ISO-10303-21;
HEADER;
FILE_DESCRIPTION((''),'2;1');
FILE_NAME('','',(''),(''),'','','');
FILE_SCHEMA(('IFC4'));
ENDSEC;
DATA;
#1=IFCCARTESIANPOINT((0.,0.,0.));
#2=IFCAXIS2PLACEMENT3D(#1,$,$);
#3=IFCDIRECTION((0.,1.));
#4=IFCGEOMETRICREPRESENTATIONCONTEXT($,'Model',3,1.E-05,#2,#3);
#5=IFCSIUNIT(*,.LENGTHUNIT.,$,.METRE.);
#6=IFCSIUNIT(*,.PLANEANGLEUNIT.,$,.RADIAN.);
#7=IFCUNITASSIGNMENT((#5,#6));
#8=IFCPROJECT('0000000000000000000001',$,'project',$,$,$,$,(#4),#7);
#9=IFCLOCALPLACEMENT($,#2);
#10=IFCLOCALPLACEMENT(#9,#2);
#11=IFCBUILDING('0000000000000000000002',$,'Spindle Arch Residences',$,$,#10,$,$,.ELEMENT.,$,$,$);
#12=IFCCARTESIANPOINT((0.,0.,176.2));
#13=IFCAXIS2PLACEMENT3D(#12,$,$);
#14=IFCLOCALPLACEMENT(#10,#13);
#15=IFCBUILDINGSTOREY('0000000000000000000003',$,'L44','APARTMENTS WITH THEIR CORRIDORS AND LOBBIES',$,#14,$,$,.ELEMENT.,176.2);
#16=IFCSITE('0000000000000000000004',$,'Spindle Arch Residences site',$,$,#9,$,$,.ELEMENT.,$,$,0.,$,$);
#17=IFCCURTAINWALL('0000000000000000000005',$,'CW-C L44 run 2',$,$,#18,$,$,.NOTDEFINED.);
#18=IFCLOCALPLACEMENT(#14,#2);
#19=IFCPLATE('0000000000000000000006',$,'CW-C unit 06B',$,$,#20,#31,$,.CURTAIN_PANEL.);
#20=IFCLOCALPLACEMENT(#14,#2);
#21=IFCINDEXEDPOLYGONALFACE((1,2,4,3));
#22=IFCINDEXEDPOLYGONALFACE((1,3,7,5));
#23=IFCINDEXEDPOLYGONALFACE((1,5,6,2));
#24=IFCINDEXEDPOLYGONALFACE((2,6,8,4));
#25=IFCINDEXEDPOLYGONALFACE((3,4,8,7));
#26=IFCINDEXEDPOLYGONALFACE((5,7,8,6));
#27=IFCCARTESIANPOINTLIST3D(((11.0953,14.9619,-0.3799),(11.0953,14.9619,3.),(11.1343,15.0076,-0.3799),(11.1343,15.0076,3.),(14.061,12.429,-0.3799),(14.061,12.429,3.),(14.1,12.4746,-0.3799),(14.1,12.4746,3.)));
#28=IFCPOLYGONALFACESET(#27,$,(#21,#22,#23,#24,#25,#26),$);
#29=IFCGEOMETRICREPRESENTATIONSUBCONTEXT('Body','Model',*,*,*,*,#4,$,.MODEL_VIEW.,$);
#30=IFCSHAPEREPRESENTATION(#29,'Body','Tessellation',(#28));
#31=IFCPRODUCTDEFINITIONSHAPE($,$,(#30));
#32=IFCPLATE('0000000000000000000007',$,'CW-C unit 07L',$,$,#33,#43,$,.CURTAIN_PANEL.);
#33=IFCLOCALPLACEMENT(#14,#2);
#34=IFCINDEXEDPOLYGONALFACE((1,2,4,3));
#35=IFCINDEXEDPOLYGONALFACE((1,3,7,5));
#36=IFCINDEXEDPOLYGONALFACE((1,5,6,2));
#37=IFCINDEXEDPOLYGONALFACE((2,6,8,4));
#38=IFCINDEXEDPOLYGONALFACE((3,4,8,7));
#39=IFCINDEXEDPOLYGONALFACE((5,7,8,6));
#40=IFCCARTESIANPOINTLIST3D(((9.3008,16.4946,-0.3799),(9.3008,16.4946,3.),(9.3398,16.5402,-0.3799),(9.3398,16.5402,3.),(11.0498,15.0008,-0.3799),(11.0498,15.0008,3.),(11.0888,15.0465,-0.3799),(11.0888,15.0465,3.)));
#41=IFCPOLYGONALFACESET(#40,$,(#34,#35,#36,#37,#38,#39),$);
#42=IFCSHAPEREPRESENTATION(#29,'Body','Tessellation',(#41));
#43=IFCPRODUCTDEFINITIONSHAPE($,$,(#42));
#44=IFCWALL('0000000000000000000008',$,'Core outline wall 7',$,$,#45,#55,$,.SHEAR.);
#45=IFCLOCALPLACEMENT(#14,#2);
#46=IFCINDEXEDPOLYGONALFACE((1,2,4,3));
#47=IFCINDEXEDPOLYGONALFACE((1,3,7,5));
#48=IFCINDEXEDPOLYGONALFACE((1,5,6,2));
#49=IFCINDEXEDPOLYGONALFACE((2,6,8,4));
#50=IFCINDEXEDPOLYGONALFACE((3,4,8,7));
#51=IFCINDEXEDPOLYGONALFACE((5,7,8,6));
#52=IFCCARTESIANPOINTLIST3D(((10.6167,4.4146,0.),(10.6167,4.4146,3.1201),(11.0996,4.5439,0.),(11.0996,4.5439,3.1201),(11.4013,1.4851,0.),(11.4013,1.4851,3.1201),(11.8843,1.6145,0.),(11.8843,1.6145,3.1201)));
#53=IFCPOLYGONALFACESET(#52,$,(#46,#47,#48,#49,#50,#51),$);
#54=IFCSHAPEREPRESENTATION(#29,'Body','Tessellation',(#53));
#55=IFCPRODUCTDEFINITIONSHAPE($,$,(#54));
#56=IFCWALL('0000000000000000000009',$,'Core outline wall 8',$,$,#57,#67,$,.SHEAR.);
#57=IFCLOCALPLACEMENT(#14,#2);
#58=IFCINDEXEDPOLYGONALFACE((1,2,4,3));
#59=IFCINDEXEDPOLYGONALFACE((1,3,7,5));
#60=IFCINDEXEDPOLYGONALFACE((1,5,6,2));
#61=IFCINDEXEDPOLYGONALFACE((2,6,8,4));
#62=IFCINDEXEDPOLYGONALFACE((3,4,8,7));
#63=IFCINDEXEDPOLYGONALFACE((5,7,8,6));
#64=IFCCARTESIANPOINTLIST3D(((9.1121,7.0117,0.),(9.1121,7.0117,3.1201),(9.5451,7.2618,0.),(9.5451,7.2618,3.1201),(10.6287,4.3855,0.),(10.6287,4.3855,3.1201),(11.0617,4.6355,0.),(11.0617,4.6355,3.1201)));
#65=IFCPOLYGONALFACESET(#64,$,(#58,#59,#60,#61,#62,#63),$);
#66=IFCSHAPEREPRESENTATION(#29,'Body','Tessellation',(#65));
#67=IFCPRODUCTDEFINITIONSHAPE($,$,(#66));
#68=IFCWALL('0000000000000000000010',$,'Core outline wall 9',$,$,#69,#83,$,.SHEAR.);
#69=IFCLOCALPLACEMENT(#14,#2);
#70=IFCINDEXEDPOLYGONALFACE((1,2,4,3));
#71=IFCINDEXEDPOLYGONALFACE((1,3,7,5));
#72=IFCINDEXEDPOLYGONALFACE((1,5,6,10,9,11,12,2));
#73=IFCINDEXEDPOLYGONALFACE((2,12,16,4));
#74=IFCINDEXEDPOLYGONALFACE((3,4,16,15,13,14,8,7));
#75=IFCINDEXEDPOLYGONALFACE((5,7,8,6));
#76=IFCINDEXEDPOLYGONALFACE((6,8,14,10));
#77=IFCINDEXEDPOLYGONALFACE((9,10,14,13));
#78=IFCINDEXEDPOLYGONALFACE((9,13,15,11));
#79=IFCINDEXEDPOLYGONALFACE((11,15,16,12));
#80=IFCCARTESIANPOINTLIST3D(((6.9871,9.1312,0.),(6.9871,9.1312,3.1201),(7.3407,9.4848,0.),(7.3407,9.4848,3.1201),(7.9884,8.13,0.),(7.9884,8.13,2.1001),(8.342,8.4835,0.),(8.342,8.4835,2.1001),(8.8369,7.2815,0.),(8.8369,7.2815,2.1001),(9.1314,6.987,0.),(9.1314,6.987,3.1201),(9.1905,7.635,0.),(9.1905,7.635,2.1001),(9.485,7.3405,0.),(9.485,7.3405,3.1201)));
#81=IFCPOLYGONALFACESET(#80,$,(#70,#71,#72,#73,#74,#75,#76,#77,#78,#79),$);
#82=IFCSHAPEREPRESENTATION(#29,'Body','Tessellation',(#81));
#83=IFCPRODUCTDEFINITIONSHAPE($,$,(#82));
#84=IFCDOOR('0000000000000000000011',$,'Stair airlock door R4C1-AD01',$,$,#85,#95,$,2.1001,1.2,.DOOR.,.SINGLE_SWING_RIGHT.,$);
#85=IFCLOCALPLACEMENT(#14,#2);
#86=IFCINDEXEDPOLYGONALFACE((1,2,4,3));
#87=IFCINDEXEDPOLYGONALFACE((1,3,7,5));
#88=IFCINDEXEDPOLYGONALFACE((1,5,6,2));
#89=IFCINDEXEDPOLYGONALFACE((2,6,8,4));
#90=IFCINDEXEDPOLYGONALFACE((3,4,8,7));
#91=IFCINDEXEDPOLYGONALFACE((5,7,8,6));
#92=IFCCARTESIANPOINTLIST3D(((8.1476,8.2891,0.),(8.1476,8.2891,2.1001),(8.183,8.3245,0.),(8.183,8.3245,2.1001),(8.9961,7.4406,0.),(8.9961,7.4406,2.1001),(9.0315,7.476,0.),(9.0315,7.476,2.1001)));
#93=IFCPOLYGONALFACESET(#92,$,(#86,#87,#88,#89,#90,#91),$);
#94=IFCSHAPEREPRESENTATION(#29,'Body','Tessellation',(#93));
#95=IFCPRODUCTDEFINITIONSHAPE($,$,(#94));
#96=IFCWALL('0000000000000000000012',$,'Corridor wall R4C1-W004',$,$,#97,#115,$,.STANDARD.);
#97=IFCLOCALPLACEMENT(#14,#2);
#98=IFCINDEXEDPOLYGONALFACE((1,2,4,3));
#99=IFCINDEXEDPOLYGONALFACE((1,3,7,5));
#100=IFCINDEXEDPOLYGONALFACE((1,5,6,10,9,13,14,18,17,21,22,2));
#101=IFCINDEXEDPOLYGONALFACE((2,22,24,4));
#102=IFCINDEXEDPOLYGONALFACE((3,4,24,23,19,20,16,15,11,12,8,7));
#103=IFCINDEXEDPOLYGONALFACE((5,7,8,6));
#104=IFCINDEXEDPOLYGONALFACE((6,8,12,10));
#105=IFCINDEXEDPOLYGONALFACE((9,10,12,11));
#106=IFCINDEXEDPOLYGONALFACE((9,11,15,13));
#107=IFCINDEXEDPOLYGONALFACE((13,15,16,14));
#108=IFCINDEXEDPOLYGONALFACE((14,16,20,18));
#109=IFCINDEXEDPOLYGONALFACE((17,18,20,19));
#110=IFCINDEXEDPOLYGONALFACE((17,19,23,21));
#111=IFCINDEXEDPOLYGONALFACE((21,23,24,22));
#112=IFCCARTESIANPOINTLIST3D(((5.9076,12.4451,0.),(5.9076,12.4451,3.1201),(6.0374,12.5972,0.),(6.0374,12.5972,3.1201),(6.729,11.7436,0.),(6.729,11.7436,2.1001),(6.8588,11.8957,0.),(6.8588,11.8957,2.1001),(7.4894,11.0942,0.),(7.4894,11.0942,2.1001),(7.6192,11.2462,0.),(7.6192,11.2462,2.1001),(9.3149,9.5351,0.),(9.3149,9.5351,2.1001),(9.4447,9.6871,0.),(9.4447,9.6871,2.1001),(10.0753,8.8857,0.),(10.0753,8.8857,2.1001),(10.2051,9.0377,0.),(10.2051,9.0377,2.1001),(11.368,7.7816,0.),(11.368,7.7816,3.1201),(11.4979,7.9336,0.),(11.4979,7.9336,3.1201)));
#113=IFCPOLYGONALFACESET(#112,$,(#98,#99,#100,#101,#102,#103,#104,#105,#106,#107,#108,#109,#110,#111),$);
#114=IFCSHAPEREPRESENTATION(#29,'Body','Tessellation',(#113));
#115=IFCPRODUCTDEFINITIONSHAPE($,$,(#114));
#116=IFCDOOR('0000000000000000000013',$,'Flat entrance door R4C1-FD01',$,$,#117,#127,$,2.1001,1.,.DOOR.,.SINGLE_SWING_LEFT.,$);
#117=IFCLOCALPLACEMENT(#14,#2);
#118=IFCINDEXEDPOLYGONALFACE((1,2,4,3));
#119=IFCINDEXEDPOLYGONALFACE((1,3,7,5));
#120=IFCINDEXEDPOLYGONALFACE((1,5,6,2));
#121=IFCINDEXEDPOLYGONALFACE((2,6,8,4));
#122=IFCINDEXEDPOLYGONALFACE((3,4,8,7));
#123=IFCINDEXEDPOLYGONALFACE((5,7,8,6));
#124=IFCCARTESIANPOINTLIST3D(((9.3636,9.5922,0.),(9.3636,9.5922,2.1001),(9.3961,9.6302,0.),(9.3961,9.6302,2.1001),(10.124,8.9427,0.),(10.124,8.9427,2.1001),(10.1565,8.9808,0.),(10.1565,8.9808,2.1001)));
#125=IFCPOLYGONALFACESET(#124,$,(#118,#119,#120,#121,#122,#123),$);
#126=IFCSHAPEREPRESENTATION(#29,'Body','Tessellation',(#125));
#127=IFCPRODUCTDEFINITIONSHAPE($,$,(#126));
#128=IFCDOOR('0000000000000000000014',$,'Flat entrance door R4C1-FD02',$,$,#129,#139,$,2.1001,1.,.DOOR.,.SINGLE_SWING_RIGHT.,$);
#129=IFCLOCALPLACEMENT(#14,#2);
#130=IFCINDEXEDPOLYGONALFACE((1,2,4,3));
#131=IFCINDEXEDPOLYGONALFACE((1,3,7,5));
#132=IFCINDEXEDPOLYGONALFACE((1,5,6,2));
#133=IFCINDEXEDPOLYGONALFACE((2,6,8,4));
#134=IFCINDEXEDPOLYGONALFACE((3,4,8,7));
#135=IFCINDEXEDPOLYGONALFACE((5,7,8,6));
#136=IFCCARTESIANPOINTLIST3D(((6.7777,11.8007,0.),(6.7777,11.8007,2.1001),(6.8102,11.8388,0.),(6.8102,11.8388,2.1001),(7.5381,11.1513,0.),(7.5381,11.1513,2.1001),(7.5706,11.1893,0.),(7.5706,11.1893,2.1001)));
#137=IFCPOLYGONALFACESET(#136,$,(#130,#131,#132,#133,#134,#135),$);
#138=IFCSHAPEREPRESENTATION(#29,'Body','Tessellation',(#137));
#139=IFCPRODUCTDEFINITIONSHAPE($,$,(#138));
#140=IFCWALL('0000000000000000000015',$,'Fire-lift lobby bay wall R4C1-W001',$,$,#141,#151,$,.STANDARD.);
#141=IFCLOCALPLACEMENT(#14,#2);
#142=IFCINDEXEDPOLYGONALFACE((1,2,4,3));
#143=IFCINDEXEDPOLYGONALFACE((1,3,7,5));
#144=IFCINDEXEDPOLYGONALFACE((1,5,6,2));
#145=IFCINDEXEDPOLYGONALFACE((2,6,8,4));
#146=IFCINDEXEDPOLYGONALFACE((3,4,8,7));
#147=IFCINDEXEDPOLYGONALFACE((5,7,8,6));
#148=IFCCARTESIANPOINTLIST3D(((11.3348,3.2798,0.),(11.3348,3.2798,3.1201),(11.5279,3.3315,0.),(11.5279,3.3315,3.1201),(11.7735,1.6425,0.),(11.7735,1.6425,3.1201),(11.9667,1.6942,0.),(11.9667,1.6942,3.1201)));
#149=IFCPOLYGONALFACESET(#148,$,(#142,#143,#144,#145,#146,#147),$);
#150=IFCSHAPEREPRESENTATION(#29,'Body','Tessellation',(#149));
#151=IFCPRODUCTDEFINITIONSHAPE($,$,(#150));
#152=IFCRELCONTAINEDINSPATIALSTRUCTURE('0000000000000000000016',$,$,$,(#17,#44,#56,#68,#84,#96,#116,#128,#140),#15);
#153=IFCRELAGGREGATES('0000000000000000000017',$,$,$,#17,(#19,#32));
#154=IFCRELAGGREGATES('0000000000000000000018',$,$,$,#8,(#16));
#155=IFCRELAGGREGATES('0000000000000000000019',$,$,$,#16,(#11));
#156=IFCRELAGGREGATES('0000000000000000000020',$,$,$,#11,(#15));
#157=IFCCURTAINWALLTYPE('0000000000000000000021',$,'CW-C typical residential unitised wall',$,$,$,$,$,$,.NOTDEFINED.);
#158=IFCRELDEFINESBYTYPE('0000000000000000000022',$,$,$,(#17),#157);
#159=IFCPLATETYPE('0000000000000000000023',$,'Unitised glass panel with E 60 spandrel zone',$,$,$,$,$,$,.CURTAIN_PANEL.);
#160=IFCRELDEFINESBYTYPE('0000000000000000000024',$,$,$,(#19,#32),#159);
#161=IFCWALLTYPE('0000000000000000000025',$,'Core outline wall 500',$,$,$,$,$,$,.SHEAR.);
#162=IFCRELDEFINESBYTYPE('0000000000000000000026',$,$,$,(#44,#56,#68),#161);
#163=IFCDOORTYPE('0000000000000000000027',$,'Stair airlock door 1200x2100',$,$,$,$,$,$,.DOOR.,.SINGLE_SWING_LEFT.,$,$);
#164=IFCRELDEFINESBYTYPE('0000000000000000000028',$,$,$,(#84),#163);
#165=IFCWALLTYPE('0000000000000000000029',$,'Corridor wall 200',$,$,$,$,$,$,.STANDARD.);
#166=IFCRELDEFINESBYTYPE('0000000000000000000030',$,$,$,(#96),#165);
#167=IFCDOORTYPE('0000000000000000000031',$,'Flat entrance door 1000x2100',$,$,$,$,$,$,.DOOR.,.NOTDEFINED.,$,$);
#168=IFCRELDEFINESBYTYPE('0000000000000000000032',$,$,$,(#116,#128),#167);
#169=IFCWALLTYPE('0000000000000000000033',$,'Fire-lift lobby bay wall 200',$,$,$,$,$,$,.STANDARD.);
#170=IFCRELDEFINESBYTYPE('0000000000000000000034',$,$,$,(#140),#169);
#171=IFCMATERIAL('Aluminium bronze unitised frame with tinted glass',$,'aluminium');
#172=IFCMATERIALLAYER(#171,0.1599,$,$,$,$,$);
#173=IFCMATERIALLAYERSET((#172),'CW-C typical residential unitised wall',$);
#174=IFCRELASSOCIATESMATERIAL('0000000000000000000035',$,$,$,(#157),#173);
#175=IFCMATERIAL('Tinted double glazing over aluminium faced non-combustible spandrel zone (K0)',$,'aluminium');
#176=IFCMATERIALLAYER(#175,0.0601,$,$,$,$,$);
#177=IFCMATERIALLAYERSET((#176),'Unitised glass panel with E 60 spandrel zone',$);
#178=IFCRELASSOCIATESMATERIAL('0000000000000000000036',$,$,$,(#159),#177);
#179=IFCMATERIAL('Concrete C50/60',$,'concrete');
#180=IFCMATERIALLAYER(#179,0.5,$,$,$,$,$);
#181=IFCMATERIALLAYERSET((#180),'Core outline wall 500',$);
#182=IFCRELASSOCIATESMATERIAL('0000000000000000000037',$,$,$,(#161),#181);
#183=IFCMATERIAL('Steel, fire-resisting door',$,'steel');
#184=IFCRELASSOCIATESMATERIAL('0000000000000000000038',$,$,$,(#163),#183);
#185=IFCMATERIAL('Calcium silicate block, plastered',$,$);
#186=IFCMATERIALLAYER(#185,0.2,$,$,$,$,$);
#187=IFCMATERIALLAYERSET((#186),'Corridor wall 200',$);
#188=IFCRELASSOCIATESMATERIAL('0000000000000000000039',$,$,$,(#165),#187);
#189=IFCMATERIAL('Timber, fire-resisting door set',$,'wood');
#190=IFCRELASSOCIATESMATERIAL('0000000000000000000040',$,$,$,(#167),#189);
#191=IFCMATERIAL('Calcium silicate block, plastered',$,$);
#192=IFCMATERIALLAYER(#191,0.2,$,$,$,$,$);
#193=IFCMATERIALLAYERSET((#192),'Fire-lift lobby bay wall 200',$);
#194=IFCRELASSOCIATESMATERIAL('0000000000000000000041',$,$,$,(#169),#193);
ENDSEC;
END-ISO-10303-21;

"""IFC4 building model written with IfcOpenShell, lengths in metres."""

from ifc_helpers import new_model, si_unit, direction, frame, frame_2d, origin, origin_2d, place, context, subcontext, project, spatial, rectangle, extrude, material, layer, layer_set, type_object, element, fill, aggregate, save


model = new_model("IFC4")

# Units and contexts
model_context = context("Model", 3, precision=1e-05, world=origin(), true_north=direction((0.0, 1.0)))
body_context = subcontext(model_context, "Body", "Model", "MODEL_VIEW")
ifc_project = project(units=[si_unit("LENGTHUNIT", "METRE"), si_unit("PLANEANGLEUNIT", "RADIAN")], contexts=[model_context])

# Site, building, storey
site_placement = place(None, origin())
site = spatial("IfcSite", under=ifc_project, at=site_placement, Name="Spindle Arch Residences site", CompositionType="ELEMENT", RefElevation=0.0)
building_placement = place(site_placement, origin())
building = spatial("IfcBuilding", under=site, at=building_placement, Name="Spindle Arch Residences", CompositionType="ELEMENT")
storey_placement = place(building_placement, frame((0.0, 0.0, 176.2)))
storey = spatial("IfcBuildingStorey", under=building, at=storey_placement, Name="L44", Description="APARTMENTS WITH THEIR CORRIDORS AND LOBBIES", CompositionType="ELEMENT", Elevation=176.2)

# Curtain wall
ifc_material_1 = material(Name="Aluminium bronze unitised frame with tinted glass", Category="aluminium")
ifc_layer_1 = layer(ifc_material_1, 0.1599)
ifc_layer_set_1 = layer_set([ifc_layer_1], Name="CW-C typical residential unitised wall")
curtain_wall_type = type_object("IfcCurtainWallType", Name="CW-C typical residential unitised wall", PredefinedType="NOTDEFINED", material=ifc_layer_set_1)
curtain_wall_placement = place(storey_placement, origin())
curtain_wall = element("IfcCurtainWall", 1, at=curtain_wall_placement, inside=storey, type_object=curtain_wall_type, Name="CW-C L44 run 2", PredefinedType="NOTDEFINED")

# Plates
ifc_material_2 = material(Name="Tinted double glazing over aluminium faced non-combustible spandrel zone (K0)", Category="aluminium")
ifc_layer_2 = layer(ifc_material_2, 0.0601)
ifc_layer_set_2 = layer_set([ifc_layer_2], Name="Unitised glass panel with E 60 spandrel zone")
plate_type = type_object("IfcPlateType", Name="Unitised glass panel with E 60 spandrel zone", PredefinedType="CURTAIN_PANEL", material=ifc_layer_set_2)
plate_1_placement = place(storey_placement, frame((12.5977, 13.7183, -0.3799), z_axis=(0.0, 0.0, 1.0), x_axis=(-0.760406, 0.649448, 0.0)))
plate_1 = element("IfcPlate", 2, at=plate_1_placement, type_object=plate_type, Name="CW-C unit 06B", PredefinedType="CURTAIN_PANEL", context=body_context, shape_type="SweptSolid", body=[
    extrude(rectangle(XDim=3.9001, YDim=0.0601, at=origin_2d()), origin(), (0.0, 0.0, 1.0), 3.3799),
])
plate_2_placement = place(storey_placement, frame((10.1948, 15.7705, -0.3799), z_axis=(0.0, 0.0, 1.0), x_axis=(-0.760406, 0.649448, 0.0)))
plate_2 = element("IfcPlate", 3, at=plate_2_placement, type_object=plate_type, Name="CW-C unit 07L", PredefinedType="CURTAIN_PANEL", context=body_context, shape_type="SweptSolid", body=[
    extrude(rectangle(XDim=2.3, YDim=0.0601, at=origin_2d()), origin(), (0.0, 0.0, 1.0), 3.3799),
])
aggregate(curtain_wall, [plate_1, plate_2])

# Walls
ifc_material_3 = material(Name="Concrete C50/60", Category="concrete")
ifc_layer_3 = layer(ifc_material_3, 0.5)
ifc_layer_set_3 = layer_set([ifc_layer_3], Name="Core outline wall 500")
wall_type_1 = type_object("IfcWallType", Name="Core outline wall 500", PredefinedType="SHEAR", material=ifc_layer_set_3)
for number, where, z_axis, x_axis, name in (
    (4, (11.6428, 1.5498, 0.0), (0.0, 0.0, 1.0), (-0.258735, 0.965948, 0.0), "Core outline wall 7"),
    (5, (10.8452, 4.5105, 0.0), (0.0, 0.0, 1.0), (-0.500087, 0.865975, 0.0), "Core outline wall 8"),
):
    element("IfcWall", number, at=place(storey_placement, frame(where, z_axis=z_axis, x_axis=x_axis)), inside=storey, type_object=wall_type_1, Name=name, PredefinedType="SHEAR", context=body_context, shape_type="SweptSolid", body=[
        extrude(rectangle(XDim=3.0327, YDim=0.5, at=frame_2d((1.5164, 0.0))), origin(), (0.0, 0.0, 1.0), 3.1201),
    ])

# Wall, opening, door
wall_1_placement = place(storey_placement, frame((9.3081, 7.1638, 0.0), z_axis=(0.0, 0.0, 1.0), x_axis=(-0.707107, 0.707107, 0.0)))
wall_1 = element("IfcWall", 6, at=wall_1_placement, inside=storey, type_object=wall_type_1, Name="Core outline wall 9", PredefinedType="SHEAR", context=body_context, shape_type="SweptSolid", body=[
    extrude(rectangle(XDim=3.0325, YDim=0.5, at=frame_2d((1.5161, 0.0))), origin(), (0.0, 0.0, 1.0), 3.1201),
])
opening_1_placement = place(wall_1_placement, frame((0.4163, 0.0, 0.0)))
opening_1 = element("IfcOpeningElement", 7, at=opening_1_placement, cuts=wall_1, PredefinedType="OPENING", context=body_context, shape_type="SweptSolid", body=[
    extrude(rectangle(XDim=1.2, YDim=2.1001, at=frame_2d((0.6001, 1.05))), frame((0.0, 0.26, 0.0), z_axis=(0.0, -1.0, 0.0), x_axis=(1.0, 0.0, 0.0)), (0.0, 0.0, 1.0), 0.52),
])
ifc_material_4 = material(Name="Steel, fire-resisting door", Category="steel")
door_type_1 = type_object("IfcDoorType", Name="Stair airlock door 1200x2100", OperationType="SINGLE_SWING_LEFT", PredefinedType="DOOR", material=ifc_material_4)
door_1_placement = place(opening_1_placement, origin())
door_1 = element("IfcDoor", 8, at=door_1_placement, inside=storey, type_object=door_type_1, Name="Stair airlock door R4C1-AD01", OperationType="SINGLE_SWING_RIGHT", OverallHeight=2.1001, OverallWidth=1.2, PredefinedType="DOOR", context=body_context, shape_type="SweptSolid", body=[
    extrude(rectangle(XDim=1.2, YDim=2.1001, at=frame_2d((0.6001, 1.05))), frame((0.0, 0.0249, 0.0), z_axis=(0.0, -1.0, 0.0), x_axis=(1.0, 0.0, 0.0)), (0.0, 0.0, 1.0), 0.05),
])
fill(opening_1, door_1)

# Wall, openings, doors
ifc_material_5 = material(Name="Calcium silicate block, plastered")
ifc_layer_4 = layer(ifc_material_5, 0.2)
ifc_layer_set_4 = layer_set([ifc_layer_4], Name="Corridor wall 200")
wall_type_2 = type_object("IfcWallType", Name="Corridor wall 200", PredefinedType="STANDARD", material=ifc_layer_set_4)
wall_2_placement = place(storey_placement, frame((11.4329, 7.8577, 0.0), z_axis=(0.0, 0.0, 1.0), x_axis=(-0.760412, 0.649441, 0.0)))
wall_2 = element("IfcWall", 9, at=wall_2_placement, inside=storey, type_object=wall_type_2, Name="Corridor wall R4C1-W004", PredefinedType="STANDARD", context=body_context, shape_type="SweptSolid", body=[
    extrude(rectangle(XDim=7.1809, YDim=0.2, at=frame_2d((3.5903, 0.0))), origin(), (0.0, 0.0, 1.0), 3.1201),
])
opening_2_placement = place(wall_2_placement, frame((1.7, 0.0, 0.0)))
opening_2 = element("IfcOpeningElement", 10, at=opening_2_placement, cuts=wall_2, PredefinedType="OPENING", context=body_context, shape_type="SweptSolid", body=[
    extrude(rectangle(XDim=1.0, YDim=2.1001, at=frame_2d((0.5, 1.05))), frame((0.0, 0.1099, 0.0), z_axis=(0.0, -1.0, 0.0), x_axis=(1.0, 0.0, 0.0)), (0.0, 0.0, 1.0), 0.22),
])
opening_3_placement = place(wall_2_placement, frame((5.1006, 0.0, 0.0)))
opening_3 = element("IfcOpeningElement", 11, at=opening_3_placement, cuts=wall_2, PredefinedType="OPENING", context=body_context, shape_type="SweptSolid", body=[
    extrude(rectangle(XDim=1.0, YDim=2.1001, at=frame_2d((0.5, 1.05))), frame((0.0, 0.1099, 0.0), z_axis=(0.0, -1.0, 0.0), x_axis=(1.0, 0.0, 0.0)), (0.0, 0.0, 1.0), 0.22),
])
ifc_material_6 = material(Name="Timber, fire-resisting door set", Category="wood")
door_type_2 = type_object("IfcDoorType", Name="Flat entrance door 1000x2100", OperationType="NOTDEFINED", PredefinedType="DOOR", material=ifc_material_6)
door_2_placement = place(opening_2_placement, origin())
door_2 = element("IfcDoor", 12, at=door_2_placement, inside=storey, type_object=door_type_2, Name="Flat entrance door R4C1-FD01", OperationType="SINGLE_SWING_LEFT", OverallHeight=2.1001, OverallWidth=1.0, PredefinedType="DOOR", context=body_context, shape_type="SweptSolid", body=[
    extrude(rectangle(XDim=1.0, YDim=2.1001, at=frame_2d((0.5, 1.05))), frame((0.0, 0.0249, 0.0), z_axis=(0.0, -1.0, 0.0), x_axis=(1.0, 0.0, 0.0)), (0.0, 0.0, 1.0), 0.05),
])
fill(opening_2, door_2)
door_3_placement = place(opening_3_placement, origin())
door_3 = element("IfcDoor", 13, at=door_3_placement, inside=storey, type_object=door_type_2, Name="Flat entrance door R4C1-FD02", OperationType="SINGLE_SWING_RIGHT", OverallHeight=2.1001, OverallWidth=1.0, PredefinedType="DOOR", context=body_context, shape_type="SweptSolid", body=[
    extrude(rectangle(XDim=1.0, YDim=2.1001, at=frame_2d((0.5, 1.05))), frame((0.0, 0.0249, 0.0), z_axis=(0.0, -1.0, 0.0), x_axis=(1.0, 0.0, 0.0)), (0.0, 0.0, 1.0), 0.05),
])
fill(opening_3, door_3)

# Wall
ifc_material_7 = material(Name="Calcium silicate block, plastered")
ifc_layer_5 = layer(ifc_material_7, 0.2)
ifc_layer_set_5 = layer_set([ifc_layer_5], Name="Fire-lift lobby bay wall 200")
wall_type_3 = type_object("IfcWallType", Name="Fire-lift lobby bay wall 200", PredefinedType="STANDARD", material=ifc_layer_set_5)
wall_3_placement = place(storey_placement, frame((11.8701, 1.6682, 0.0), z_axis=(0.0, 0.0, 1.0), x_axis=(-0.258837, 0.965921, 0.0)))
element("IfcWall", 14, at=wall_3_placement, inside=storey, type_object=wall_type_3, Name="Fire-lift lobby bay wall R4C1-W001", PredefinedType="STANDARD", context=body_context, shape_type="SweptSolid", body=[
    extrude(rectangle(XDim=1.6951, YDim=0.2, at=frame_2d((0.8477, 0.0))), origin(), (0.0, 0.0, 1.0), 3.1201),
])

save(model, "model.ifc")
